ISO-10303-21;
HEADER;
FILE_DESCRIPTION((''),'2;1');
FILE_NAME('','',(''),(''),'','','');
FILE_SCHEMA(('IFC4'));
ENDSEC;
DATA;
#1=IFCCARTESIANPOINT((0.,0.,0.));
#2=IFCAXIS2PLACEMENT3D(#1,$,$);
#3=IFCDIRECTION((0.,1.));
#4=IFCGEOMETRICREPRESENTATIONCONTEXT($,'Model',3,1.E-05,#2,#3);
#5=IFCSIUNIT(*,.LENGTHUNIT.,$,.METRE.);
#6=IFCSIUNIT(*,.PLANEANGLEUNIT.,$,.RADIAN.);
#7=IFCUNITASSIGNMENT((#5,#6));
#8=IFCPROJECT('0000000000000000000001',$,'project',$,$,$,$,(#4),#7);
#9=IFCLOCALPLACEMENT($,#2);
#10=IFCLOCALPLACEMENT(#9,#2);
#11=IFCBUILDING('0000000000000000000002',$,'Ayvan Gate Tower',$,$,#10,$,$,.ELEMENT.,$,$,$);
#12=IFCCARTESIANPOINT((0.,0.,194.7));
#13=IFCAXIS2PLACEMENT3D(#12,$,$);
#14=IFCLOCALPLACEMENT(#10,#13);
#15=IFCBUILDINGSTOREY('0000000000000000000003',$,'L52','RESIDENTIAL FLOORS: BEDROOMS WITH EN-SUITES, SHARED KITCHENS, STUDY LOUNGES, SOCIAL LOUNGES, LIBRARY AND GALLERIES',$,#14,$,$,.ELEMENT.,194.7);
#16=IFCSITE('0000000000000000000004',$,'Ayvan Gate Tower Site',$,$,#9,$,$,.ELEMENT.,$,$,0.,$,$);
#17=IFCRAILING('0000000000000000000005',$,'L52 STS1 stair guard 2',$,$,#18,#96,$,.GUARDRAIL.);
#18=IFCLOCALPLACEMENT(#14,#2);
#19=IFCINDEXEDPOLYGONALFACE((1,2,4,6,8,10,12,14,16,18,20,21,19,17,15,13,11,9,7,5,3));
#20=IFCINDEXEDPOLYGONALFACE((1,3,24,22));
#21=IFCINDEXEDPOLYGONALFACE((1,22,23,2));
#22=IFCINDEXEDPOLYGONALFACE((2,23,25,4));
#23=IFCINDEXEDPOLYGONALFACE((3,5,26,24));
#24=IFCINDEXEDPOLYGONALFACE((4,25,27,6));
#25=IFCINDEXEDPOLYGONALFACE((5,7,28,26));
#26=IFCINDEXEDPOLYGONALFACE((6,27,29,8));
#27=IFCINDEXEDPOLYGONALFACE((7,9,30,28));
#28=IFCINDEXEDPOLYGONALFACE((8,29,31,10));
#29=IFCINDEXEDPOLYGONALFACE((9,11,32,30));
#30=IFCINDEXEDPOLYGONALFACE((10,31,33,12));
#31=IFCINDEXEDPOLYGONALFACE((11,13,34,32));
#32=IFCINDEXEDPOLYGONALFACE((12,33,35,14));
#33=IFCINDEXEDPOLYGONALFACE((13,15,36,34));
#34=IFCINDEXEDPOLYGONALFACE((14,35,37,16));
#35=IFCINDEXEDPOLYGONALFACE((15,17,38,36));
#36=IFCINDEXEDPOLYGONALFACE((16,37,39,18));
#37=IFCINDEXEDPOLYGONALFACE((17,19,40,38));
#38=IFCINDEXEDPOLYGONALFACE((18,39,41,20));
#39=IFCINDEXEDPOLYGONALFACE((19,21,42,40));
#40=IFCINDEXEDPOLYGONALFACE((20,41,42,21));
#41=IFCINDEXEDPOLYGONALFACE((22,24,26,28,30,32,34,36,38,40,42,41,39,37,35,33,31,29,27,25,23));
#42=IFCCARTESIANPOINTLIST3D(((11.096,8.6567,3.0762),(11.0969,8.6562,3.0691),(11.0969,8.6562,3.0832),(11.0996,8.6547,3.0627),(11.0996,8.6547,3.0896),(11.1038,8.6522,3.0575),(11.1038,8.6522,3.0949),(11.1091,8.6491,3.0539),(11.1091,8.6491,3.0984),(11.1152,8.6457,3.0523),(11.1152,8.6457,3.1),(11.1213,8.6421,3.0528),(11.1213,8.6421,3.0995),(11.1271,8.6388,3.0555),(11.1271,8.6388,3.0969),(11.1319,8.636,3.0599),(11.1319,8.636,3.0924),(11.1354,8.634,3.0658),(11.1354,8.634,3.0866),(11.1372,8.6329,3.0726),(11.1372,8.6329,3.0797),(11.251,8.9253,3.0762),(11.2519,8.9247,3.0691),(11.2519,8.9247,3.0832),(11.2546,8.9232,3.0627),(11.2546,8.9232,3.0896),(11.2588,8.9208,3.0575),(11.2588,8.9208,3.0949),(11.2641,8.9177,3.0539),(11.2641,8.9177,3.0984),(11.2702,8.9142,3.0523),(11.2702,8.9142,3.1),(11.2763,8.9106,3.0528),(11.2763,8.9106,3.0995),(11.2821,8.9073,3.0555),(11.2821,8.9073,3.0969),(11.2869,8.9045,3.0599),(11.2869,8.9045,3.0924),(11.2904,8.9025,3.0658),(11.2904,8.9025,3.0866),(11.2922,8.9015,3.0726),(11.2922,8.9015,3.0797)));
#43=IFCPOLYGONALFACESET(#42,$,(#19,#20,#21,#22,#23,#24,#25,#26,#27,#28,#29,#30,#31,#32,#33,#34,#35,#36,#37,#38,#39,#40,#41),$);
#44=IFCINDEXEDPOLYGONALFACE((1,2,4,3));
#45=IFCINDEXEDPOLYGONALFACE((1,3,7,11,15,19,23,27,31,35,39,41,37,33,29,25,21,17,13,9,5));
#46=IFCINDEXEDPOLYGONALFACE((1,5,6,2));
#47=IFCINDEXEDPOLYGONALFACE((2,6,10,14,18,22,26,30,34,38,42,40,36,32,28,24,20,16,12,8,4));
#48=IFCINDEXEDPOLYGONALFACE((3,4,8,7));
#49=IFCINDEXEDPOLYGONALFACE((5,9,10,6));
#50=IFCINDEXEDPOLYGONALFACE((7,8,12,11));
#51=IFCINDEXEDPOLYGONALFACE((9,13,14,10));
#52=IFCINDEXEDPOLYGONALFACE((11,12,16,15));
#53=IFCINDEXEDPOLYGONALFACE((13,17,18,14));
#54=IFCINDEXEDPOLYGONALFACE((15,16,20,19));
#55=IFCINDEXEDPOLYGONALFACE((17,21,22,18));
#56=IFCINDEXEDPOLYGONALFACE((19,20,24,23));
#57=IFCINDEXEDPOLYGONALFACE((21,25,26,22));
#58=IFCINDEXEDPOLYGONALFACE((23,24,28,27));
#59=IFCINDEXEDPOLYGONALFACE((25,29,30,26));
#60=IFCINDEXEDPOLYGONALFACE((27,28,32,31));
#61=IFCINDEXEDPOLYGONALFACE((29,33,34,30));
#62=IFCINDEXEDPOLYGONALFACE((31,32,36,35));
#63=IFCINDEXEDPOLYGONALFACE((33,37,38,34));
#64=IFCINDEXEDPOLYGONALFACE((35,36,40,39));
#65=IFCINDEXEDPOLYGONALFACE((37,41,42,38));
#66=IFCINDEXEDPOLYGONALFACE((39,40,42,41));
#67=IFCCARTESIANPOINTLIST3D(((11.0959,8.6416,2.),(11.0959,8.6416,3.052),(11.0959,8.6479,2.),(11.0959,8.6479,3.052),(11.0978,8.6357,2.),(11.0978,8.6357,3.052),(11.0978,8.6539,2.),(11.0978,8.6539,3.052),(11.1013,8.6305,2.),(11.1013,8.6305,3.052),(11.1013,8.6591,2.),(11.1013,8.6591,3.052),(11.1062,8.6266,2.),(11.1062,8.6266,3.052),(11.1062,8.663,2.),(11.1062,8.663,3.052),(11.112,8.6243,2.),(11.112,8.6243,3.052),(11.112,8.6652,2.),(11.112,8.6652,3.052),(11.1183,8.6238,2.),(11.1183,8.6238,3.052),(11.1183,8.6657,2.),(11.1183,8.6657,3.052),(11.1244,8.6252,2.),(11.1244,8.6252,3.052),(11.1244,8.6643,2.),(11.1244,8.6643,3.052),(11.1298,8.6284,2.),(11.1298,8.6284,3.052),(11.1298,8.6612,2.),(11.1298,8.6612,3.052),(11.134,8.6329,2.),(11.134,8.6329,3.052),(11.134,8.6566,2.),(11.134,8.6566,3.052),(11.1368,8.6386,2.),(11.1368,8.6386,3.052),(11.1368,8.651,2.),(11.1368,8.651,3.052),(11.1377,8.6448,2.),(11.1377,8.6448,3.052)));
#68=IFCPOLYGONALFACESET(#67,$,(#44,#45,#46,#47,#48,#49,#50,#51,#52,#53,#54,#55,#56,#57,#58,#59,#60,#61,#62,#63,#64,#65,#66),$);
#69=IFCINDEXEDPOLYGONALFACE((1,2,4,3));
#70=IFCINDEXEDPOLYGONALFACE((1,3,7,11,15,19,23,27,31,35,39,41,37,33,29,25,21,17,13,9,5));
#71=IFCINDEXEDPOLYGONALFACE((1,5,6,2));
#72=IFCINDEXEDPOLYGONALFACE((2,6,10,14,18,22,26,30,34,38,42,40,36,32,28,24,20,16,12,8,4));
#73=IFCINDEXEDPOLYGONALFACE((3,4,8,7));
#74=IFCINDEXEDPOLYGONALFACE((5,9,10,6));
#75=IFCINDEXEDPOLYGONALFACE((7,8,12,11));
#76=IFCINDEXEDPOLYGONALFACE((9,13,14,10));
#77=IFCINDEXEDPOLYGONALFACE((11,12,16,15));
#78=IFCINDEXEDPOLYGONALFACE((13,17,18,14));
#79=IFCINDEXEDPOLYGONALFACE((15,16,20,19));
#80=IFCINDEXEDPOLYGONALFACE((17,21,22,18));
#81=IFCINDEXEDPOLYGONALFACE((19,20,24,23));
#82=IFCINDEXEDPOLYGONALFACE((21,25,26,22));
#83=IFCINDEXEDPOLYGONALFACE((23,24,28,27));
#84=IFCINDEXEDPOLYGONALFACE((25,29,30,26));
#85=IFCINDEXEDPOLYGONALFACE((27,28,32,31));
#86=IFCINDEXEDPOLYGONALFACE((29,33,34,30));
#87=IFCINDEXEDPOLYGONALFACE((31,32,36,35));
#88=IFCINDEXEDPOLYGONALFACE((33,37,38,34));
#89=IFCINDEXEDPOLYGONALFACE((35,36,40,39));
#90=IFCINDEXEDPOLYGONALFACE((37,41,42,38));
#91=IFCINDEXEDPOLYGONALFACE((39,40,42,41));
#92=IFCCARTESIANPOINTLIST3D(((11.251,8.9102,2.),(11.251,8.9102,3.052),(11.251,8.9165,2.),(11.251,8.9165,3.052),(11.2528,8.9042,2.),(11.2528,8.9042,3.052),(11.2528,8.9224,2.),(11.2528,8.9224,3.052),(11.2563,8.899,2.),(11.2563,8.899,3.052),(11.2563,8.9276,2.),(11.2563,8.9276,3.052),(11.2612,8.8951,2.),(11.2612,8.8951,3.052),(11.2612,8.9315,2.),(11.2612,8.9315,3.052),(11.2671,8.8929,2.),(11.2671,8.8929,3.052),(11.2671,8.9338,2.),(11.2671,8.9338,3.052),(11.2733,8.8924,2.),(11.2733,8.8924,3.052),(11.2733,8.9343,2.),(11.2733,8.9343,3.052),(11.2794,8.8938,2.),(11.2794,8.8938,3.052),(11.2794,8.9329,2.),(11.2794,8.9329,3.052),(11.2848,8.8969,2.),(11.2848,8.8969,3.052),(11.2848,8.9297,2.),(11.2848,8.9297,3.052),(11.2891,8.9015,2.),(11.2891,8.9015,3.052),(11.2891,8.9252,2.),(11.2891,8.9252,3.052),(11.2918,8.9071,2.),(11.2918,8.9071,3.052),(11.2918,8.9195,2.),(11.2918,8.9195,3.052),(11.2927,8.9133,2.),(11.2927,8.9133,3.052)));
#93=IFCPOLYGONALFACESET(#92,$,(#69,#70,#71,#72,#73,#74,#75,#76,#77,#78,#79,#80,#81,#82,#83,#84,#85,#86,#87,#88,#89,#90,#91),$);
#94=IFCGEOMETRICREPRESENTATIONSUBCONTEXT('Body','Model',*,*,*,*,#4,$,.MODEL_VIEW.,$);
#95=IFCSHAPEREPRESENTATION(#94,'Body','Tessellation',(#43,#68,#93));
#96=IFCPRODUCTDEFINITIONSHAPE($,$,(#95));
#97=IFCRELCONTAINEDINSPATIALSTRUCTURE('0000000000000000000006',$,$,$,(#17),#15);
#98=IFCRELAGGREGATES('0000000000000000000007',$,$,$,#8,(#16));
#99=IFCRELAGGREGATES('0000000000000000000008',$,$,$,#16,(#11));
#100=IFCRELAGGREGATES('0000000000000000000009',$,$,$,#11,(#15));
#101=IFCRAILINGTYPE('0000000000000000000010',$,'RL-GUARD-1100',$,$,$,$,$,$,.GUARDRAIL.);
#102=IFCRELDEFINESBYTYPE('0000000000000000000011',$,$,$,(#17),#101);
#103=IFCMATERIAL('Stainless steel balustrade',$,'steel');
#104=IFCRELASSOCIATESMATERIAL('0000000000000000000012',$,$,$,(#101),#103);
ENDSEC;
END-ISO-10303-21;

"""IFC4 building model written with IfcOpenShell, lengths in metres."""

from ifc_helpers import new_model, si_unit, direction, frame, origin, origin_2d, place, context, subcontext, project, spatial, circle, extrude, material, type_object, element, save


model = new_model("IFC4")

# Units and contexts
model_context = context("Model", 3, precision=1e-05, world=origin(), true_north=direction((0.0, 1.0)))
body_context = subcontext(model_context, "Body", "Model", "MODEL_VIEW")
ifc_project = project(units=[si_unit("LENGTHUNIT", "METRE"), si_unit("PLANEANGLEUNIT", "RADIAN")], contexts=[model_context])

# Site, building, storey
site_placement = place(None, origin())
site = spatial("IfcSite", under=ifc_project, at=site_placement, Name="Ayvan Gate Tower Site", CompositionType="ELEMENT", RefElevation=0.0)
building_placement = place(site_placement, origin())
building = spatial("IfcBuilding", under=site, at=building_placement, Name="Ayvan Gate Tower", CompositionType="ELEMENT")
storey_placement = place(building_placement, frame((0.0, 0.0, 194.7)))
storey = spatial("IfcBuildingStorey", under=building, at=storey_placement, Name="L52", Description="RESIDENTIAL FLOORS: BEDROOMS WITH EN-SUITES, SHARED KITCHENS, STUDY LOUNGES, SOCIAL LOUNGES, LIBRARY AND GALLERIES", CompositionType="ELEMENT", Elevation=194.7)

# Railing
ifc_material_1 = material(Name="Stainless steel balustrade", Category="steel")
railing_type_1 = type_object("IfcRailingType", Name="RL-GUARD-1100", PredefinedType="GUARDRAIL", material=ifc_material_1)
railing_1_placement = place(storey_placement, frame((11.1167, 8.6448, 2.0)))
element("IfcRailing", 1, at=railing_1_placement, inside=storey, type_object=railing_type_1, Name="L52 STS1 stair guard 2", PredefinedType="GUARDRAIL", context=body_context, shape_type="SweptSolid", body=[
    extrude(circle(Radius=0.0239, at=origin_2d()), frame((0.0, 0.0, 1.0762), z_axis=(0.49995, 0.866054, 0.0), x_axis=(-0.866054, 0.49995, 0.0)), (0.0, 0.0, 1.0), 0.3101),
    extrude(circle(Radius=0.021, at=origin_2d()), origin(), (0.0, 0.0, 1.0), 1.052),
    extrude(circle(Radius=0.021, at=origin_2d()), frame((0.155, 0.2686, 0.0)), (0.0, 0.0, 1.0), 1.052),
])

save(model, "model.ifc")
